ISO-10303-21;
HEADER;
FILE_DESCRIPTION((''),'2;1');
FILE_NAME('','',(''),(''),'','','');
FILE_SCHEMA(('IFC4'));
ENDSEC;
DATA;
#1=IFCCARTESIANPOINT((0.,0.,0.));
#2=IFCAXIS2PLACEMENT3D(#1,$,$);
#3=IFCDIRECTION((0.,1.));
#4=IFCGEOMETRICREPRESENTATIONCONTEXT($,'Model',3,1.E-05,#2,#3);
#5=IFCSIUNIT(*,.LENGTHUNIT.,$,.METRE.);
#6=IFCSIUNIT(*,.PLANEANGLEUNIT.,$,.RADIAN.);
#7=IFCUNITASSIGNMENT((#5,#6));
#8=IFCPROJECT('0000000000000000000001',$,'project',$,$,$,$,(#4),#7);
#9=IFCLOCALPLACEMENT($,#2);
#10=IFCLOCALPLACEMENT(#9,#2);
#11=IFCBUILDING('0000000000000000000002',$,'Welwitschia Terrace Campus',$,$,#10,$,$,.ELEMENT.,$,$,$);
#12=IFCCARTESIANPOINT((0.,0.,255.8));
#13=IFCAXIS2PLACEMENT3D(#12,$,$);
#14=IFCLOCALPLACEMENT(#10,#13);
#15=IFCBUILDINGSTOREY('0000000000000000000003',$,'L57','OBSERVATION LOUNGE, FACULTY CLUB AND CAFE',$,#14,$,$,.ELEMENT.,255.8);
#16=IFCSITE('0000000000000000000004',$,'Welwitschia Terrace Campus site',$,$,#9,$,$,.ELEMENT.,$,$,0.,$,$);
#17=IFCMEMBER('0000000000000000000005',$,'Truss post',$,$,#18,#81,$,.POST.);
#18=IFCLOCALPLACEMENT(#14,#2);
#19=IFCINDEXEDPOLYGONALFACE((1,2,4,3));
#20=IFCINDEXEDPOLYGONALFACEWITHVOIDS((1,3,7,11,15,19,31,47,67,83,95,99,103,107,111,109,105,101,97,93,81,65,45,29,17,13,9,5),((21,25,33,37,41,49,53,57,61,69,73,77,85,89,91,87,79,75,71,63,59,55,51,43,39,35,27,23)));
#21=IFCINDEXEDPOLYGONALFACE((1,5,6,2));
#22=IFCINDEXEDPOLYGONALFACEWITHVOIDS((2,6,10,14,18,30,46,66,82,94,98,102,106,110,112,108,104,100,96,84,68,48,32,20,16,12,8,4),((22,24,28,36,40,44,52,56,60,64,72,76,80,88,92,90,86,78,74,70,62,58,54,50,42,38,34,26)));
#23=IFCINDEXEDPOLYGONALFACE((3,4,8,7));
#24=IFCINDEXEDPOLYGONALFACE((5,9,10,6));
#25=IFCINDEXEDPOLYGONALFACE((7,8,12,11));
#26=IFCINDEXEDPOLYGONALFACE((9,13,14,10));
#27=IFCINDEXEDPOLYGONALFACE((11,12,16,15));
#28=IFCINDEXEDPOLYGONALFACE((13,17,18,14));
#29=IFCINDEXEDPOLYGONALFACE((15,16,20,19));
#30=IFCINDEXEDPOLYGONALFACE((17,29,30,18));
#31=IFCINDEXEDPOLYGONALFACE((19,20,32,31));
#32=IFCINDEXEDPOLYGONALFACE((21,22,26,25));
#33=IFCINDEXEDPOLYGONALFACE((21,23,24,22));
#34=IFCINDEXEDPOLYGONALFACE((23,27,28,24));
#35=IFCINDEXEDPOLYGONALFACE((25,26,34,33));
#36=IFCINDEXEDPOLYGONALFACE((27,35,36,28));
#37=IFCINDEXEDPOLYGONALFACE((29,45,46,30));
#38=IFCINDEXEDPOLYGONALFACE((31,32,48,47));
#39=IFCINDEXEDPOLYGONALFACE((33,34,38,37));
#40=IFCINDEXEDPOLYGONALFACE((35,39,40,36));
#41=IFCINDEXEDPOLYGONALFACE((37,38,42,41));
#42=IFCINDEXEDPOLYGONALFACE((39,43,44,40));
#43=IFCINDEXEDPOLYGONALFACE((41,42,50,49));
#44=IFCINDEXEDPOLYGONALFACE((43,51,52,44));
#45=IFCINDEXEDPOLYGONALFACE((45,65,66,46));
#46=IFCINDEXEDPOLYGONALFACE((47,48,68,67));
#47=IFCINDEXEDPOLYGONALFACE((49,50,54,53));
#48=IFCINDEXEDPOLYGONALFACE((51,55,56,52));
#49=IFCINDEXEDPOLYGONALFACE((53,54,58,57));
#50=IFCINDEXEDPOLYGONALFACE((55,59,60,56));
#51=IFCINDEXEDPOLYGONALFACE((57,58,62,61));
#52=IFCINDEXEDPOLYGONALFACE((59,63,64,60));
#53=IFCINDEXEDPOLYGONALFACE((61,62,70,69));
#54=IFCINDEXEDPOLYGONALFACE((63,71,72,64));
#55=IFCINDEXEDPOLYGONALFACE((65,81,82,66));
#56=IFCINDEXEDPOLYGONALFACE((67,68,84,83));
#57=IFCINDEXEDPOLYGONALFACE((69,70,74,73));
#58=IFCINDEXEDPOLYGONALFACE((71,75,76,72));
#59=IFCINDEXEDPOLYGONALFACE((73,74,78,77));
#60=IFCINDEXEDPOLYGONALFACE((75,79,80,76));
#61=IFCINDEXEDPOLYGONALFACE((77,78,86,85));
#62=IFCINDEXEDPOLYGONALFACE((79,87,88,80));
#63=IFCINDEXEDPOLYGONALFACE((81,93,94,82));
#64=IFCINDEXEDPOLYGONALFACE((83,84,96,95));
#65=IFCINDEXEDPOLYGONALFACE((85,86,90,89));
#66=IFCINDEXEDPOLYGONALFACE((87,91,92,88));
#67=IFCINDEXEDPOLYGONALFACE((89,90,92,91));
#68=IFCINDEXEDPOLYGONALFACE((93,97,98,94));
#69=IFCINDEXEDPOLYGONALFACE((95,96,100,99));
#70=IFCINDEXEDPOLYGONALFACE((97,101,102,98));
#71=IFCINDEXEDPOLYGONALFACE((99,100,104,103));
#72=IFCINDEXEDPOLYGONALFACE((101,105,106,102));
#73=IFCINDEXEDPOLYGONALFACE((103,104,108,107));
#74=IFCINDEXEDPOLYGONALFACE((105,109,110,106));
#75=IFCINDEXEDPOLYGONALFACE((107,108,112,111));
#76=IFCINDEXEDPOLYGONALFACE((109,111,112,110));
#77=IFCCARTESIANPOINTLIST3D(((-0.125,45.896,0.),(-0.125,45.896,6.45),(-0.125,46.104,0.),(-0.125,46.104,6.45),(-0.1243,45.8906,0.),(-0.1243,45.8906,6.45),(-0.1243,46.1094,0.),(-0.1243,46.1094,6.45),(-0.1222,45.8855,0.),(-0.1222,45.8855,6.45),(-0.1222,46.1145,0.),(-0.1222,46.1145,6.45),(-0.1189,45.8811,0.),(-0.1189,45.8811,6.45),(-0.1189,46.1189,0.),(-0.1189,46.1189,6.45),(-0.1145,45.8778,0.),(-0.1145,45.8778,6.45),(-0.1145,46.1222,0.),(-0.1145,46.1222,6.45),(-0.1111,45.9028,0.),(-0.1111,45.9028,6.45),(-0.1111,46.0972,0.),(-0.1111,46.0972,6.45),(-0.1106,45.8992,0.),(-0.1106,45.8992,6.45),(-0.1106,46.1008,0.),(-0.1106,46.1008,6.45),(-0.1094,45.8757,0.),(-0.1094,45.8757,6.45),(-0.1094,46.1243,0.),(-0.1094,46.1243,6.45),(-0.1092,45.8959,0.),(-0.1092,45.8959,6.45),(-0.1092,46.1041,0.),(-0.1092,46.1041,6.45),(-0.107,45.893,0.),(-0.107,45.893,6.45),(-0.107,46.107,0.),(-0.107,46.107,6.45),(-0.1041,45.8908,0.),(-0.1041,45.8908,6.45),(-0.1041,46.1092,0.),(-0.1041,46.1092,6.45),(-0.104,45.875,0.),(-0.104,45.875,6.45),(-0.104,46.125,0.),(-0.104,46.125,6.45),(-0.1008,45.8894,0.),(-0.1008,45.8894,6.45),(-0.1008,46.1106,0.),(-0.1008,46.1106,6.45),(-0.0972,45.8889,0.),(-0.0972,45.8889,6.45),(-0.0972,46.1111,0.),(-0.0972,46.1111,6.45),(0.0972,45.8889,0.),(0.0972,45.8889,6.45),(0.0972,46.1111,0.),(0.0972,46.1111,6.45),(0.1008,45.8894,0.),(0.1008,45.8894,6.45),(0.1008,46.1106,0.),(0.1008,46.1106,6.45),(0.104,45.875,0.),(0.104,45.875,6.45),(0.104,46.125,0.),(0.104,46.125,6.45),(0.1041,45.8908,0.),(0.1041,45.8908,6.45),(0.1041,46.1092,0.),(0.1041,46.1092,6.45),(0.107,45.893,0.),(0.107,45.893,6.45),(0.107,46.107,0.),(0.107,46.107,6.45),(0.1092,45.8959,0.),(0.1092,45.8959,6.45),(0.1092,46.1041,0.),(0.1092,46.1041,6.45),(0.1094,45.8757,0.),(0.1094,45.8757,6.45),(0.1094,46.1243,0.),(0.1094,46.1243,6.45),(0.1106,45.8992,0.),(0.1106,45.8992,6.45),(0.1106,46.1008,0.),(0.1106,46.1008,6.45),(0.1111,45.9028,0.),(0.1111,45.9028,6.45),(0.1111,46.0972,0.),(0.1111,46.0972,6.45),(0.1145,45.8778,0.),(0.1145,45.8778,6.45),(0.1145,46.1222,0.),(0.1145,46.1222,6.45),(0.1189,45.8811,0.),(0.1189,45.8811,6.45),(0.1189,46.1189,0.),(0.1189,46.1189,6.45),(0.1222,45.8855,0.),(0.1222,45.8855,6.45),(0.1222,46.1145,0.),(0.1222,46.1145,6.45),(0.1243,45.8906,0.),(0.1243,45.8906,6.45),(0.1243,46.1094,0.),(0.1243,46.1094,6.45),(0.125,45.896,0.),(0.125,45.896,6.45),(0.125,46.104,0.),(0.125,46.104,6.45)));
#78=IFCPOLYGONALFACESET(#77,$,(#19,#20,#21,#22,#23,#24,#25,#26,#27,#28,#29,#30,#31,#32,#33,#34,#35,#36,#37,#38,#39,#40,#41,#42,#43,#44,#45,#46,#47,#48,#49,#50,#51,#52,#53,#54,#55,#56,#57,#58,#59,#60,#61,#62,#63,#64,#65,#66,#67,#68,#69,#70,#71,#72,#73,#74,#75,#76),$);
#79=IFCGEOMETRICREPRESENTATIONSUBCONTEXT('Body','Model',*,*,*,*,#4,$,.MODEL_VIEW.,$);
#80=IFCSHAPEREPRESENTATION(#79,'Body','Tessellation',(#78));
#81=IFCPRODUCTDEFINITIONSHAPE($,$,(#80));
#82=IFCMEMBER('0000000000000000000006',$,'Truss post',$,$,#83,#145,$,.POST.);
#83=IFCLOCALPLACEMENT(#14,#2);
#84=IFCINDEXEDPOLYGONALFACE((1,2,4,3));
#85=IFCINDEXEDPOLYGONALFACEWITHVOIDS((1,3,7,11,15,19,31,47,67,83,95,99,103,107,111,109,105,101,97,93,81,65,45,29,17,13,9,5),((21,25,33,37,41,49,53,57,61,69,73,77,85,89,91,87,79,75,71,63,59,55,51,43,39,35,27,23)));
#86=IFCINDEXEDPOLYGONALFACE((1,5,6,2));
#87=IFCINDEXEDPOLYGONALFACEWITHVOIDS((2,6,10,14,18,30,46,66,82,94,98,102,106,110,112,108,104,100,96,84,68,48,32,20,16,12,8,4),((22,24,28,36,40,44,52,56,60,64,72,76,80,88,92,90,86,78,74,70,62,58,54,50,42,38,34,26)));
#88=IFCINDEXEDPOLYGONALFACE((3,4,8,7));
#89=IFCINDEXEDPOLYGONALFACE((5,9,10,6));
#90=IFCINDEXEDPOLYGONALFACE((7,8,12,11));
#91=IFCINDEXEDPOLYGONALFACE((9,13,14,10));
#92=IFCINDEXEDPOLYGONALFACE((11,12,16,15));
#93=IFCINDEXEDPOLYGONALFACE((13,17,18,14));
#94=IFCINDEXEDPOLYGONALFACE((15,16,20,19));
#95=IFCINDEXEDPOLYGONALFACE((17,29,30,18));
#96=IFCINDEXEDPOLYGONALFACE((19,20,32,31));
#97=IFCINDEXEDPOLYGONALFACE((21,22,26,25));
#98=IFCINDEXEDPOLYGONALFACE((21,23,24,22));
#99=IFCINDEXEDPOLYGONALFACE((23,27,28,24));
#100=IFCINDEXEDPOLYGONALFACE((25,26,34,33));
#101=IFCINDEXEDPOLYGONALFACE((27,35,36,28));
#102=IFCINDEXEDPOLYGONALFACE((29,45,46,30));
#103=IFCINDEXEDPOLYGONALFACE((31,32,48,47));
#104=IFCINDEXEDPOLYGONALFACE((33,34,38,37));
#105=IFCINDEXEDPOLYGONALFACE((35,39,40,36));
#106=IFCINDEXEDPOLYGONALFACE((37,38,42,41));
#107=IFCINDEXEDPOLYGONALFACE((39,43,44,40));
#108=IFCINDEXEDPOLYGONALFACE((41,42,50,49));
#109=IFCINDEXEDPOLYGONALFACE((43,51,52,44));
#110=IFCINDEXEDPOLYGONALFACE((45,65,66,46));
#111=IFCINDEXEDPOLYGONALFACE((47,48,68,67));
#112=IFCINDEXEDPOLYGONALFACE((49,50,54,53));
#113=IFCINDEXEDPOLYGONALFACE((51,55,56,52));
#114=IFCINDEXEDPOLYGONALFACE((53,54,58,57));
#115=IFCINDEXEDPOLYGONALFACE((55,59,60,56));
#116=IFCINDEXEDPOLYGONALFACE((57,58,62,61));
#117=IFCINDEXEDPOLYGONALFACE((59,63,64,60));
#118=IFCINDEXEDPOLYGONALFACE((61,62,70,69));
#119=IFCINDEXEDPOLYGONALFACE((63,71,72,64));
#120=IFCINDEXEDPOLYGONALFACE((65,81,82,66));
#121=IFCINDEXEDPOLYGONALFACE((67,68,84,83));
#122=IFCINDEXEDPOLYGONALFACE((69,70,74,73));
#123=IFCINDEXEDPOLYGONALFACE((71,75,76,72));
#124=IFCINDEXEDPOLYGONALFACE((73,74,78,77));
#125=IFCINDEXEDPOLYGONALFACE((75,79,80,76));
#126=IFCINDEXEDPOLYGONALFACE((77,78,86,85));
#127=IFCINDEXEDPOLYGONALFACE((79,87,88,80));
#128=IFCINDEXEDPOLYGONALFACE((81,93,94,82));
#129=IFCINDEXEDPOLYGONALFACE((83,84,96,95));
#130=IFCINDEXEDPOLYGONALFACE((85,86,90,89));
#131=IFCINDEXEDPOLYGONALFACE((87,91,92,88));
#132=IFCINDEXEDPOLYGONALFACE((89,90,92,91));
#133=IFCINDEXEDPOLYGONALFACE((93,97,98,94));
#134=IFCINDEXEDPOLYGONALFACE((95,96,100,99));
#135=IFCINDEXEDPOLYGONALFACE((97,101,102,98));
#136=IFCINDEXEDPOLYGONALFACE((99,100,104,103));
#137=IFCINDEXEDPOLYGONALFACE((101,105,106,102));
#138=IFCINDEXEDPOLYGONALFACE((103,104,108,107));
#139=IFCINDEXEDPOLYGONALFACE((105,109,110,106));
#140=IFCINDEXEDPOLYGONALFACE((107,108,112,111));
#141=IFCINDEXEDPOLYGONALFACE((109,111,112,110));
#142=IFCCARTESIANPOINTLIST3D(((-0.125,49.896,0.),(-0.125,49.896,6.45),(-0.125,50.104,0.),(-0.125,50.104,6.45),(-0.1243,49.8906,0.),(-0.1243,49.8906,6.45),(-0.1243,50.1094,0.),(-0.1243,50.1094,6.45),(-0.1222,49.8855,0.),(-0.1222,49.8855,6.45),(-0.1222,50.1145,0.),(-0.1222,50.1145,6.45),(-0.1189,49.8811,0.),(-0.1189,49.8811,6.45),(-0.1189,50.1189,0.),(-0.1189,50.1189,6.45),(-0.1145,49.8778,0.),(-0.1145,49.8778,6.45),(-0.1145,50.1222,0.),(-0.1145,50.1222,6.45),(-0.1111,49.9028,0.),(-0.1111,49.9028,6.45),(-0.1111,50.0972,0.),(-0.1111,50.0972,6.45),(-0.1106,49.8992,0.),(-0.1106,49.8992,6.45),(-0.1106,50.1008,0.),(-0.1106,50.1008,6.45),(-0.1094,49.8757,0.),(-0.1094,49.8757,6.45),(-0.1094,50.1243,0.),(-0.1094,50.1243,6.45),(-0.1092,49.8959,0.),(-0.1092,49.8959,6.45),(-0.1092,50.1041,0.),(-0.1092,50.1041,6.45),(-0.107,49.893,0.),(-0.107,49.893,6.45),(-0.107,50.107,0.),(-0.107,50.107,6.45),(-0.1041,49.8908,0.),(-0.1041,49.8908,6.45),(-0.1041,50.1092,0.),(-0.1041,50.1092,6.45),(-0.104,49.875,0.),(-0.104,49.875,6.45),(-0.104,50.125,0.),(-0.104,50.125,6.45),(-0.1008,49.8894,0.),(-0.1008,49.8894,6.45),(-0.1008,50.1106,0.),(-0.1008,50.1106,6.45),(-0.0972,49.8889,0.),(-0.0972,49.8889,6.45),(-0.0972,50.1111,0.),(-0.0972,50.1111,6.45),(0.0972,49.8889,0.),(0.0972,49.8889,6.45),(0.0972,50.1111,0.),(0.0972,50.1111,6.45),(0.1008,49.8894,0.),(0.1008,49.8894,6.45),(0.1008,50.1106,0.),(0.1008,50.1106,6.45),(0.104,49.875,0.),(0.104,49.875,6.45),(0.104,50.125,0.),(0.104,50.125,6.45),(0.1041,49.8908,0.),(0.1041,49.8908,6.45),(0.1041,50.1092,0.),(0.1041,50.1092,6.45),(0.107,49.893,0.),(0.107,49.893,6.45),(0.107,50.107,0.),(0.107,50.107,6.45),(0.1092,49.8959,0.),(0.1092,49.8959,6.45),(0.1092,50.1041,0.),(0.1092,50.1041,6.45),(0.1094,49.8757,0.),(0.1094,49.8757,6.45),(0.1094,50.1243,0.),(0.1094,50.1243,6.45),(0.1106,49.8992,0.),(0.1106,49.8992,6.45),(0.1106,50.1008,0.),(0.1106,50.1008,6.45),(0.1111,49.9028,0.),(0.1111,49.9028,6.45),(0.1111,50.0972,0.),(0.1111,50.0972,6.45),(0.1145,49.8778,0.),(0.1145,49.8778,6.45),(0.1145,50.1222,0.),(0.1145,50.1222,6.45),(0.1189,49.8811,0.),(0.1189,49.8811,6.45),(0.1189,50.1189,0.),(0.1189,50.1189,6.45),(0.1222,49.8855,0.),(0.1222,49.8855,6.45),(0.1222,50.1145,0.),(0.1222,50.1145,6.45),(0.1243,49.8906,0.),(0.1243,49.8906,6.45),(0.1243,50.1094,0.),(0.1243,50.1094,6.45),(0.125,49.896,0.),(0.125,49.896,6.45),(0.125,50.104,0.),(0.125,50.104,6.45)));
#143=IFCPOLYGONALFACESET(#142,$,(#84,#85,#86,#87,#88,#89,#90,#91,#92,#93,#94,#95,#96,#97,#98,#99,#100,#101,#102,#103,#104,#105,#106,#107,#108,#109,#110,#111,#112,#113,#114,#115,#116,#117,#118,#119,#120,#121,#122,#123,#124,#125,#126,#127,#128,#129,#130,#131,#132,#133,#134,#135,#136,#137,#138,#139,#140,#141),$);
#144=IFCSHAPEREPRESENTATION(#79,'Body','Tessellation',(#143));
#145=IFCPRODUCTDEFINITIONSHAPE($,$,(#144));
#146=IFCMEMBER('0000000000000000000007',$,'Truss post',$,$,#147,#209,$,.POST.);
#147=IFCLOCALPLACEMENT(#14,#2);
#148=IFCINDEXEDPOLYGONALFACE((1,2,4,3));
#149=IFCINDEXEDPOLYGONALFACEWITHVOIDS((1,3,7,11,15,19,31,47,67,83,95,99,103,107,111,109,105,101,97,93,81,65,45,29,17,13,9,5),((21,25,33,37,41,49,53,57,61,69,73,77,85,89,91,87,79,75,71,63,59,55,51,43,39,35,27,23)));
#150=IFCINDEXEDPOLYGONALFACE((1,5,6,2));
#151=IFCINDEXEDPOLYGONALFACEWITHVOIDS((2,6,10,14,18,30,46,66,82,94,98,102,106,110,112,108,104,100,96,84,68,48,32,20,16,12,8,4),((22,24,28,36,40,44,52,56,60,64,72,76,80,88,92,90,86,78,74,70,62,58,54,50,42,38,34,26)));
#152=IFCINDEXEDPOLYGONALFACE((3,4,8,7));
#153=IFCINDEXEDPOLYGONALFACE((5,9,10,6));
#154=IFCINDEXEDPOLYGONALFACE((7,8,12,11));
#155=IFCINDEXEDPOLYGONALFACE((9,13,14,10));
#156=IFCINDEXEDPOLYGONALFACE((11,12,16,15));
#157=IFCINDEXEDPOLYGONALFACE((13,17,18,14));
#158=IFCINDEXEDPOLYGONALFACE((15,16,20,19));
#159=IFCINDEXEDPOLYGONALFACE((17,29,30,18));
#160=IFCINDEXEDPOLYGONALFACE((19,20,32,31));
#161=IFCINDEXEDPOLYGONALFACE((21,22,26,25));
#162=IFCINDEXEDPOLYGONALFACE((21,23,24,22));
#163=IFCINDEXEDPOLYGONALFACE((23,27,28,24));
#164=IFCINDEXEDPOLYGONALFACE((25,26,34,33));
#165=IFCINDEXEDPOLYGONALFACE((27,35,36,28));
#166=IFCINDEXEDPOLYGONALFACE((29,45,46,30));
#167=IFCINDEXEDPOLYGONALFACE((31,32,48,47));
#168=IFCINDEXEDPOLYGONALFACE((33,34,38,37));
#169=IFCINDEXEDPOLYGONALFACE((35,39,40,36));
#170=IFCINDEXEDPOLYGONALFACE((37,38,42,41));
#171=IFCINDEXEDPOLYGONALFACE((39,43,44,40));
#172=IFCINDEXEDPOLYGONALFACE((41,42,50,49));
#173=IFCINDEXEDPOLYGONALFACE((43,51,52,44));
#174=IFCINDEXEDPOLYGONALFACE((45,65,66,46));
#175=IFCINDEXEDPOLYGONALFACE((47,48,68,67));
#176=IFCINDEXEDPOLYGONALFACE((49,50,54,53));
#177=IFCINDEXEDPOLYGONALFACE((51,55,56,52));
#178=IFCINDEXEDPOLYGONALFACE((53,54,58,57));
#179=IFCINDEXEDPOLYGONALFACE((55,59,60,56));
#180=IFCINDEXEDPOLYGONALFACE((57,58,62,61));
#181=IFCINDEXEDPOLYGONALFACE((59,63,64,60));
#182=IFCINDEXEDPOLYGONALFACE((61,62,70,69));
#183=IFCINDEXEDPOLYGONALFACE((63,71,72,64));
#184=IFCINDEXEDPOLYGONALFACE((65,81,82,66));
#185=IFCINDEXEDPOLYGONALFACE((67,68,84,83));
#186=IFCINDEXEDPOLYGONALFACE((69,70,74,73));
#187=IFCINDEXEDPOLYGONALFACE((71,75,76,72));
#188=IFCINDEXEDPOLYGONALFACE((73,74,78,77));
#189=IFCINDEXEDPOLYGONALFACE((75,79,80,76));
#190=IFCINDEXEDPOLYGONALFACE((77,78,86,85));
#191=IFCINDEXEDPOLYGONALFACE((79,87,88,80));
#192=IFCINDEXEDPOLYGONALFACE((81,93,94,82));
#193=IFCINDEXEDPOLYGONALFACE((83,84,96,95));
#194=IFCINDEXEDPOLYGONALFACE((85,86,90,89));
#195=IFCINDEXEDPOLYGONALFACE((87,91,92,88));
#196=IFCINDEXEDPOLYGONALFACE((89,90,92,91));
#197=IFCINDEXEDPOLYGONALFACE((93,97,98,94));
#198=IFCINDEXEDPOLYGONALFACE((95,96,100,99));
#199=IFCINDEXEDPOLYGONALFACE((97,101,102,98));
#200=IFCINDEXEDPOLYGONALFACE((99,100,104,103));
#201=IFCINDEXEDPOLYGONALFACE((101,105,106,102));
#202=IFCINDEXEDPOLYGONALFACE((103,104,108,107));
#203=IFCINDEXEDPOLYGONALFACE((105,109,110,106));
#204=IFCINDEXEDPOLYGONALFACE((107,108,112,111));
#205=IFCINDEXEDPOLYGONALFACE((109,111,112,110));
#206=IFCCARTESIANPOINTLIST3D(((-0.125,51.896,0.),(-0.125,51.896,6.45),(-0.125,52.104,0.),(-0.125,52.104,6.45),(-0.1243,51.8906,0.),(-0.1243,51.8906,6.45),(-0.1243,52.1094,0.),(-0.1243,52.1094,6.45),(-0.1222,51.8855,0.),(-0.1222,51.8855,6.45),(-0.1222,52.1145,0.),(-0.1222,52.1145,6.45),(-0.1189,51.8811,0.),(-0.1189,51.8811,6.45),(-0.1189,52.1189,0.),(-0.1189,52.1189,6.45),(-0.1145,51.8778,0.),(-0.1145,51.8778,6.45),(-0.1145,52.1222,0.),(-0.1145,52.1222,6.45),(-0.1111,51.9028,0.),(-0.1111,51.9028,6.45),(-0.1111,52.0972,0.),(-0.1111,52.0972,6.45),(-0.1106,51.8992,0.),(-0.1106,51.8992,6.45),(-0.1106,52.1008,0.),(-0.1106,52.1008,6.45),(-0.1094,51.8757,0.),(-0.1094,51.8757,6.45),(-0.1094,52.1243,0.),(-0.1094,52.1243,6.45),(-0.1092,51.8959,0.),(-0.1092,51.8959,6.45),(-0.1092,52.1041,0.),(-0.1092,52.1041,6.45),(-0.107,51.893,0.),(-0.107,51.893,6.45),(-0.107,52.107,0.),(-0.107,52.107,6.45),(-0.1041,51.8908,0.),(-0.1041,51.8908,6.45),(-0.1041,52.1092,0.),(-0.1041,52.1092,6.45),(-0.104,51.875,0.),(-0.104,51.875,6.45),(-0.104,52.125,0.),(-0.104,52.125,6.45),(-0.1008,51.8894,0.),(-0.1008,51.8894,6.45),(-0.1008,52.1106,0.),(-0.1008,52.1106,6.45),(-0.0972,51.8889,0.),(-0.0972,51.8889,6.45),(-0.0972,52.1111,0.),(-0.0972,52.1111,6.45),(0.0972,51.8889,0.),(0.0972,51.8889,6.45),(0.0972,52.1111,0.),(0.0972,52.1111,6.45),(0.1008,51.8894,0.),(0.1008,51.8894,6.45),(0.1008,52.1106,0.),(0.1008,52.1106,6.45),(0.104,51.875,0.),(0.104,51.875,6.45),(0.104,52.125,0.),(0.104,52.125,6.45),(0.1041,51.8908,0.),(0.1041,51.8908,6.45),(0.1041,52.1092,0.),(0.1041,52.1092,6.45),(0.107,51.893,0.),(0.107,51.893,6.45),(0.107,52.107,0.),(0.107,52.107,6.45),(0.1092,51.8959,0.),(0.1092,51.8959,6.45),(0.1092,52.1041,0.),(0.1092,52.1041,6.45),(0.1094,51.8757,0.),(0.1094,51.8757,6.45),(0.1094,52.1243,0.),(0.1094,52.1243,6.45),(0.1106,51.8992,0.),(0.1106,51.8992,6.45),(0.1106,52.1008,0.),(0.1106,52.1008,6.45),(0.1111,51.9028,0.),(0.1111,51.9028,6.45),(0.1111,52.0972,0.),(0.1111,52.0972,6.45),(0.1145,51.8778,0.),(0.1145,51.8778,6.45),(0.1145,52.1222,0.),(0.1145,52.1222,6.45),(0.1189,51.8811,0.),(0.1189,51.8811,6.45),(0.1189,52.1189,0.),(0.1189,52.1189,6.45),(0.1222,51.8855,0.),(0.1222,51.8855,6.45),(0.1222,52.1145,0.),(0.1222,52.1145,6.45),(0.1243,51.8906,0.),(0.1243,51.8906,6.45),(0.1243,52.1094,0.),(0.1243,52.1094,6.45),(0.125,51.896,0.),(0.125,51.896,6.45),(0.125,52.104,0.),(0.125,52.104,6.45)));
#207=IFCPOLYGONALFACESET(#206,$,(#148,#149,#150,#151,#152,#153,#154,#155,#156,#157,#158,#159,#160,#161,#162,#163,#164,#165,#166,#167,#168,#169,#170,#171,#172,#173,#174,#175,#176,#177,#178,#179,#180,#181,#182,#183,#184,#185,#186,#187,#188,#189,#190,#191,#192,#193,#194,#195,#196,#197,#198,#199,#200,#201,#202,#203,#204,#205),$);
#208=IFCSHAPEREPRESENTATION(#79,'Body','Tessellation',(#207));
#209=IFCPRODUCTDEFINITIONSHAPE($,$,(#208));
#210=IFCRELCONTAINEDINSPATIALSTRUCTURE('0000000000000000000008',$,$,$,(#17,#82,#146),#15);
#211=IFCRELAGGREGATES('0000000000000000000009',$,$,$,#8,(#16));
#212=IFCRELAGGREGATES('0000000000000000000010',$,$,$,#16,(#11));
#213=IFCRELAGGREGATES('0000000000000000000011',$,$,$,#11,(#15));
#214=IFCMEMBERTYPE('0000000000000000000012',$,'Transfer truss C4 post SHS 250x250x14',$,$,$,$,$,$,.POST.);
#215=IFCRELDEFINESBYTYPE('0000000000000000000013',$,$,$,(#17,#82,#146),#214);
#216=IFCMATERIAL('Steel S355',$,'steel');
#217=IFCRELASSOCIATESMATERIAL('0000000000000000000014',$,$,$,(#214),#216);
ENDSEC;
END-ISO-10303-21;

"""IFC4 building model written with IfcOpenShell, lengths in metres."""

from ifc_helpers import new_model, si_unit, direction, frame, origin, origin_2d, place, context, subcontext, project, spatial, hollow_rectangle, extrude, material, material_profile, profile_set, type_object, element, save


model = new_model("IFC4")

# Units and contexts
model_context = context("Model", 3, precision=1e-05, world=origin(), true_north=direction((0.0, 1.0)))
body_context = subcontext(model_context, "Body", "Model", "MODEL_VIEW")
ifc_project = project(units=[si_unit("LENGTHUNIT", "METRE"), si_unit("PLANEANGLEUNIT", "RADIAN")], contexts=[model_context])

# Site, building, storey
site_placement = place(None, origin())
site = spatial("IfcSite", under=ifc_project, at=site_placement, Name="Welwitschia Terrace Campus site", CompositionType="ELEMENT", RefElevation=0.0)
building_placement = place(site_placement, origin())
building = spatial("IfcBuilding", under=site, at=building_placement, Name="Welwitschia Terrace Campus", CompositionType="ELEMENT")
storey_placement = place(building_placement, frame((0.0, 0.0, 255.8)))
storey = spatial("IfcBuildingStorey", under=building, at=storey_placement, Name="L57", Description="OBSERVATION LOUNGE, FACULTY CLUB AND CAFE", CompositionType="ELEMENT", Elevation=255.8)

# Members
ifc_material_1 = material(Name="Steel S355", Category="steel")
ifc_material_profile_1 = material_profile(ifc_material_1, hollow_rectangle(XDim=0.25, YDim=0.25, WallThickness=0.0139, InnerFilletRadius=0.0139, OuterFilletRadius=0.021, at=origin_2d()))
ifc_profile_set_1 = profile_set([ifc_material_profile_1], Name="Steel S355")
member_type_1 = type_object("IfcMemberType", Name="Transfer truss C4 post SHS 250x250x14", PredefinedType="POST", material=ifc_profile_set_1)
for number, where, z_axis, x_axis, name in (
    (1, (0.0, 46.0, 0.0), (0.0, 0.0, 1.0), (1.0, 0.0, 0.0), "Truss post"),
    (2, (0.0, 50.0, 0.0), (0.0, 0.0, 1.0), (1.0, 0.0, 0.0), "Truss post"),
    (3, (0.0, 52.0, 0.0), (0.0, 0.0, 1.0), (1.0, 0.0, 0.0), "Truss post"),
):
    element("IfcMember", number, at=place(storey_placement, frame(where, z_axis=z_axis, x_axis=x_axis)), inside=storey, type_object=member_type_1, Name=name, PredefinedType="POST", context=body_context, shape_type="SweptSolid", body=[
        extrude(hollow_rectangle(XDim=0.25, YDim=0.25, WallThickness=0.0139, InnerFilletRadius=0.0139, OuterFilletRadius=0.021, at=origin_2d()), origin(), (0.0, 0.0, 1.0), 6.45),
    ])

save(model, "model.ifc")
